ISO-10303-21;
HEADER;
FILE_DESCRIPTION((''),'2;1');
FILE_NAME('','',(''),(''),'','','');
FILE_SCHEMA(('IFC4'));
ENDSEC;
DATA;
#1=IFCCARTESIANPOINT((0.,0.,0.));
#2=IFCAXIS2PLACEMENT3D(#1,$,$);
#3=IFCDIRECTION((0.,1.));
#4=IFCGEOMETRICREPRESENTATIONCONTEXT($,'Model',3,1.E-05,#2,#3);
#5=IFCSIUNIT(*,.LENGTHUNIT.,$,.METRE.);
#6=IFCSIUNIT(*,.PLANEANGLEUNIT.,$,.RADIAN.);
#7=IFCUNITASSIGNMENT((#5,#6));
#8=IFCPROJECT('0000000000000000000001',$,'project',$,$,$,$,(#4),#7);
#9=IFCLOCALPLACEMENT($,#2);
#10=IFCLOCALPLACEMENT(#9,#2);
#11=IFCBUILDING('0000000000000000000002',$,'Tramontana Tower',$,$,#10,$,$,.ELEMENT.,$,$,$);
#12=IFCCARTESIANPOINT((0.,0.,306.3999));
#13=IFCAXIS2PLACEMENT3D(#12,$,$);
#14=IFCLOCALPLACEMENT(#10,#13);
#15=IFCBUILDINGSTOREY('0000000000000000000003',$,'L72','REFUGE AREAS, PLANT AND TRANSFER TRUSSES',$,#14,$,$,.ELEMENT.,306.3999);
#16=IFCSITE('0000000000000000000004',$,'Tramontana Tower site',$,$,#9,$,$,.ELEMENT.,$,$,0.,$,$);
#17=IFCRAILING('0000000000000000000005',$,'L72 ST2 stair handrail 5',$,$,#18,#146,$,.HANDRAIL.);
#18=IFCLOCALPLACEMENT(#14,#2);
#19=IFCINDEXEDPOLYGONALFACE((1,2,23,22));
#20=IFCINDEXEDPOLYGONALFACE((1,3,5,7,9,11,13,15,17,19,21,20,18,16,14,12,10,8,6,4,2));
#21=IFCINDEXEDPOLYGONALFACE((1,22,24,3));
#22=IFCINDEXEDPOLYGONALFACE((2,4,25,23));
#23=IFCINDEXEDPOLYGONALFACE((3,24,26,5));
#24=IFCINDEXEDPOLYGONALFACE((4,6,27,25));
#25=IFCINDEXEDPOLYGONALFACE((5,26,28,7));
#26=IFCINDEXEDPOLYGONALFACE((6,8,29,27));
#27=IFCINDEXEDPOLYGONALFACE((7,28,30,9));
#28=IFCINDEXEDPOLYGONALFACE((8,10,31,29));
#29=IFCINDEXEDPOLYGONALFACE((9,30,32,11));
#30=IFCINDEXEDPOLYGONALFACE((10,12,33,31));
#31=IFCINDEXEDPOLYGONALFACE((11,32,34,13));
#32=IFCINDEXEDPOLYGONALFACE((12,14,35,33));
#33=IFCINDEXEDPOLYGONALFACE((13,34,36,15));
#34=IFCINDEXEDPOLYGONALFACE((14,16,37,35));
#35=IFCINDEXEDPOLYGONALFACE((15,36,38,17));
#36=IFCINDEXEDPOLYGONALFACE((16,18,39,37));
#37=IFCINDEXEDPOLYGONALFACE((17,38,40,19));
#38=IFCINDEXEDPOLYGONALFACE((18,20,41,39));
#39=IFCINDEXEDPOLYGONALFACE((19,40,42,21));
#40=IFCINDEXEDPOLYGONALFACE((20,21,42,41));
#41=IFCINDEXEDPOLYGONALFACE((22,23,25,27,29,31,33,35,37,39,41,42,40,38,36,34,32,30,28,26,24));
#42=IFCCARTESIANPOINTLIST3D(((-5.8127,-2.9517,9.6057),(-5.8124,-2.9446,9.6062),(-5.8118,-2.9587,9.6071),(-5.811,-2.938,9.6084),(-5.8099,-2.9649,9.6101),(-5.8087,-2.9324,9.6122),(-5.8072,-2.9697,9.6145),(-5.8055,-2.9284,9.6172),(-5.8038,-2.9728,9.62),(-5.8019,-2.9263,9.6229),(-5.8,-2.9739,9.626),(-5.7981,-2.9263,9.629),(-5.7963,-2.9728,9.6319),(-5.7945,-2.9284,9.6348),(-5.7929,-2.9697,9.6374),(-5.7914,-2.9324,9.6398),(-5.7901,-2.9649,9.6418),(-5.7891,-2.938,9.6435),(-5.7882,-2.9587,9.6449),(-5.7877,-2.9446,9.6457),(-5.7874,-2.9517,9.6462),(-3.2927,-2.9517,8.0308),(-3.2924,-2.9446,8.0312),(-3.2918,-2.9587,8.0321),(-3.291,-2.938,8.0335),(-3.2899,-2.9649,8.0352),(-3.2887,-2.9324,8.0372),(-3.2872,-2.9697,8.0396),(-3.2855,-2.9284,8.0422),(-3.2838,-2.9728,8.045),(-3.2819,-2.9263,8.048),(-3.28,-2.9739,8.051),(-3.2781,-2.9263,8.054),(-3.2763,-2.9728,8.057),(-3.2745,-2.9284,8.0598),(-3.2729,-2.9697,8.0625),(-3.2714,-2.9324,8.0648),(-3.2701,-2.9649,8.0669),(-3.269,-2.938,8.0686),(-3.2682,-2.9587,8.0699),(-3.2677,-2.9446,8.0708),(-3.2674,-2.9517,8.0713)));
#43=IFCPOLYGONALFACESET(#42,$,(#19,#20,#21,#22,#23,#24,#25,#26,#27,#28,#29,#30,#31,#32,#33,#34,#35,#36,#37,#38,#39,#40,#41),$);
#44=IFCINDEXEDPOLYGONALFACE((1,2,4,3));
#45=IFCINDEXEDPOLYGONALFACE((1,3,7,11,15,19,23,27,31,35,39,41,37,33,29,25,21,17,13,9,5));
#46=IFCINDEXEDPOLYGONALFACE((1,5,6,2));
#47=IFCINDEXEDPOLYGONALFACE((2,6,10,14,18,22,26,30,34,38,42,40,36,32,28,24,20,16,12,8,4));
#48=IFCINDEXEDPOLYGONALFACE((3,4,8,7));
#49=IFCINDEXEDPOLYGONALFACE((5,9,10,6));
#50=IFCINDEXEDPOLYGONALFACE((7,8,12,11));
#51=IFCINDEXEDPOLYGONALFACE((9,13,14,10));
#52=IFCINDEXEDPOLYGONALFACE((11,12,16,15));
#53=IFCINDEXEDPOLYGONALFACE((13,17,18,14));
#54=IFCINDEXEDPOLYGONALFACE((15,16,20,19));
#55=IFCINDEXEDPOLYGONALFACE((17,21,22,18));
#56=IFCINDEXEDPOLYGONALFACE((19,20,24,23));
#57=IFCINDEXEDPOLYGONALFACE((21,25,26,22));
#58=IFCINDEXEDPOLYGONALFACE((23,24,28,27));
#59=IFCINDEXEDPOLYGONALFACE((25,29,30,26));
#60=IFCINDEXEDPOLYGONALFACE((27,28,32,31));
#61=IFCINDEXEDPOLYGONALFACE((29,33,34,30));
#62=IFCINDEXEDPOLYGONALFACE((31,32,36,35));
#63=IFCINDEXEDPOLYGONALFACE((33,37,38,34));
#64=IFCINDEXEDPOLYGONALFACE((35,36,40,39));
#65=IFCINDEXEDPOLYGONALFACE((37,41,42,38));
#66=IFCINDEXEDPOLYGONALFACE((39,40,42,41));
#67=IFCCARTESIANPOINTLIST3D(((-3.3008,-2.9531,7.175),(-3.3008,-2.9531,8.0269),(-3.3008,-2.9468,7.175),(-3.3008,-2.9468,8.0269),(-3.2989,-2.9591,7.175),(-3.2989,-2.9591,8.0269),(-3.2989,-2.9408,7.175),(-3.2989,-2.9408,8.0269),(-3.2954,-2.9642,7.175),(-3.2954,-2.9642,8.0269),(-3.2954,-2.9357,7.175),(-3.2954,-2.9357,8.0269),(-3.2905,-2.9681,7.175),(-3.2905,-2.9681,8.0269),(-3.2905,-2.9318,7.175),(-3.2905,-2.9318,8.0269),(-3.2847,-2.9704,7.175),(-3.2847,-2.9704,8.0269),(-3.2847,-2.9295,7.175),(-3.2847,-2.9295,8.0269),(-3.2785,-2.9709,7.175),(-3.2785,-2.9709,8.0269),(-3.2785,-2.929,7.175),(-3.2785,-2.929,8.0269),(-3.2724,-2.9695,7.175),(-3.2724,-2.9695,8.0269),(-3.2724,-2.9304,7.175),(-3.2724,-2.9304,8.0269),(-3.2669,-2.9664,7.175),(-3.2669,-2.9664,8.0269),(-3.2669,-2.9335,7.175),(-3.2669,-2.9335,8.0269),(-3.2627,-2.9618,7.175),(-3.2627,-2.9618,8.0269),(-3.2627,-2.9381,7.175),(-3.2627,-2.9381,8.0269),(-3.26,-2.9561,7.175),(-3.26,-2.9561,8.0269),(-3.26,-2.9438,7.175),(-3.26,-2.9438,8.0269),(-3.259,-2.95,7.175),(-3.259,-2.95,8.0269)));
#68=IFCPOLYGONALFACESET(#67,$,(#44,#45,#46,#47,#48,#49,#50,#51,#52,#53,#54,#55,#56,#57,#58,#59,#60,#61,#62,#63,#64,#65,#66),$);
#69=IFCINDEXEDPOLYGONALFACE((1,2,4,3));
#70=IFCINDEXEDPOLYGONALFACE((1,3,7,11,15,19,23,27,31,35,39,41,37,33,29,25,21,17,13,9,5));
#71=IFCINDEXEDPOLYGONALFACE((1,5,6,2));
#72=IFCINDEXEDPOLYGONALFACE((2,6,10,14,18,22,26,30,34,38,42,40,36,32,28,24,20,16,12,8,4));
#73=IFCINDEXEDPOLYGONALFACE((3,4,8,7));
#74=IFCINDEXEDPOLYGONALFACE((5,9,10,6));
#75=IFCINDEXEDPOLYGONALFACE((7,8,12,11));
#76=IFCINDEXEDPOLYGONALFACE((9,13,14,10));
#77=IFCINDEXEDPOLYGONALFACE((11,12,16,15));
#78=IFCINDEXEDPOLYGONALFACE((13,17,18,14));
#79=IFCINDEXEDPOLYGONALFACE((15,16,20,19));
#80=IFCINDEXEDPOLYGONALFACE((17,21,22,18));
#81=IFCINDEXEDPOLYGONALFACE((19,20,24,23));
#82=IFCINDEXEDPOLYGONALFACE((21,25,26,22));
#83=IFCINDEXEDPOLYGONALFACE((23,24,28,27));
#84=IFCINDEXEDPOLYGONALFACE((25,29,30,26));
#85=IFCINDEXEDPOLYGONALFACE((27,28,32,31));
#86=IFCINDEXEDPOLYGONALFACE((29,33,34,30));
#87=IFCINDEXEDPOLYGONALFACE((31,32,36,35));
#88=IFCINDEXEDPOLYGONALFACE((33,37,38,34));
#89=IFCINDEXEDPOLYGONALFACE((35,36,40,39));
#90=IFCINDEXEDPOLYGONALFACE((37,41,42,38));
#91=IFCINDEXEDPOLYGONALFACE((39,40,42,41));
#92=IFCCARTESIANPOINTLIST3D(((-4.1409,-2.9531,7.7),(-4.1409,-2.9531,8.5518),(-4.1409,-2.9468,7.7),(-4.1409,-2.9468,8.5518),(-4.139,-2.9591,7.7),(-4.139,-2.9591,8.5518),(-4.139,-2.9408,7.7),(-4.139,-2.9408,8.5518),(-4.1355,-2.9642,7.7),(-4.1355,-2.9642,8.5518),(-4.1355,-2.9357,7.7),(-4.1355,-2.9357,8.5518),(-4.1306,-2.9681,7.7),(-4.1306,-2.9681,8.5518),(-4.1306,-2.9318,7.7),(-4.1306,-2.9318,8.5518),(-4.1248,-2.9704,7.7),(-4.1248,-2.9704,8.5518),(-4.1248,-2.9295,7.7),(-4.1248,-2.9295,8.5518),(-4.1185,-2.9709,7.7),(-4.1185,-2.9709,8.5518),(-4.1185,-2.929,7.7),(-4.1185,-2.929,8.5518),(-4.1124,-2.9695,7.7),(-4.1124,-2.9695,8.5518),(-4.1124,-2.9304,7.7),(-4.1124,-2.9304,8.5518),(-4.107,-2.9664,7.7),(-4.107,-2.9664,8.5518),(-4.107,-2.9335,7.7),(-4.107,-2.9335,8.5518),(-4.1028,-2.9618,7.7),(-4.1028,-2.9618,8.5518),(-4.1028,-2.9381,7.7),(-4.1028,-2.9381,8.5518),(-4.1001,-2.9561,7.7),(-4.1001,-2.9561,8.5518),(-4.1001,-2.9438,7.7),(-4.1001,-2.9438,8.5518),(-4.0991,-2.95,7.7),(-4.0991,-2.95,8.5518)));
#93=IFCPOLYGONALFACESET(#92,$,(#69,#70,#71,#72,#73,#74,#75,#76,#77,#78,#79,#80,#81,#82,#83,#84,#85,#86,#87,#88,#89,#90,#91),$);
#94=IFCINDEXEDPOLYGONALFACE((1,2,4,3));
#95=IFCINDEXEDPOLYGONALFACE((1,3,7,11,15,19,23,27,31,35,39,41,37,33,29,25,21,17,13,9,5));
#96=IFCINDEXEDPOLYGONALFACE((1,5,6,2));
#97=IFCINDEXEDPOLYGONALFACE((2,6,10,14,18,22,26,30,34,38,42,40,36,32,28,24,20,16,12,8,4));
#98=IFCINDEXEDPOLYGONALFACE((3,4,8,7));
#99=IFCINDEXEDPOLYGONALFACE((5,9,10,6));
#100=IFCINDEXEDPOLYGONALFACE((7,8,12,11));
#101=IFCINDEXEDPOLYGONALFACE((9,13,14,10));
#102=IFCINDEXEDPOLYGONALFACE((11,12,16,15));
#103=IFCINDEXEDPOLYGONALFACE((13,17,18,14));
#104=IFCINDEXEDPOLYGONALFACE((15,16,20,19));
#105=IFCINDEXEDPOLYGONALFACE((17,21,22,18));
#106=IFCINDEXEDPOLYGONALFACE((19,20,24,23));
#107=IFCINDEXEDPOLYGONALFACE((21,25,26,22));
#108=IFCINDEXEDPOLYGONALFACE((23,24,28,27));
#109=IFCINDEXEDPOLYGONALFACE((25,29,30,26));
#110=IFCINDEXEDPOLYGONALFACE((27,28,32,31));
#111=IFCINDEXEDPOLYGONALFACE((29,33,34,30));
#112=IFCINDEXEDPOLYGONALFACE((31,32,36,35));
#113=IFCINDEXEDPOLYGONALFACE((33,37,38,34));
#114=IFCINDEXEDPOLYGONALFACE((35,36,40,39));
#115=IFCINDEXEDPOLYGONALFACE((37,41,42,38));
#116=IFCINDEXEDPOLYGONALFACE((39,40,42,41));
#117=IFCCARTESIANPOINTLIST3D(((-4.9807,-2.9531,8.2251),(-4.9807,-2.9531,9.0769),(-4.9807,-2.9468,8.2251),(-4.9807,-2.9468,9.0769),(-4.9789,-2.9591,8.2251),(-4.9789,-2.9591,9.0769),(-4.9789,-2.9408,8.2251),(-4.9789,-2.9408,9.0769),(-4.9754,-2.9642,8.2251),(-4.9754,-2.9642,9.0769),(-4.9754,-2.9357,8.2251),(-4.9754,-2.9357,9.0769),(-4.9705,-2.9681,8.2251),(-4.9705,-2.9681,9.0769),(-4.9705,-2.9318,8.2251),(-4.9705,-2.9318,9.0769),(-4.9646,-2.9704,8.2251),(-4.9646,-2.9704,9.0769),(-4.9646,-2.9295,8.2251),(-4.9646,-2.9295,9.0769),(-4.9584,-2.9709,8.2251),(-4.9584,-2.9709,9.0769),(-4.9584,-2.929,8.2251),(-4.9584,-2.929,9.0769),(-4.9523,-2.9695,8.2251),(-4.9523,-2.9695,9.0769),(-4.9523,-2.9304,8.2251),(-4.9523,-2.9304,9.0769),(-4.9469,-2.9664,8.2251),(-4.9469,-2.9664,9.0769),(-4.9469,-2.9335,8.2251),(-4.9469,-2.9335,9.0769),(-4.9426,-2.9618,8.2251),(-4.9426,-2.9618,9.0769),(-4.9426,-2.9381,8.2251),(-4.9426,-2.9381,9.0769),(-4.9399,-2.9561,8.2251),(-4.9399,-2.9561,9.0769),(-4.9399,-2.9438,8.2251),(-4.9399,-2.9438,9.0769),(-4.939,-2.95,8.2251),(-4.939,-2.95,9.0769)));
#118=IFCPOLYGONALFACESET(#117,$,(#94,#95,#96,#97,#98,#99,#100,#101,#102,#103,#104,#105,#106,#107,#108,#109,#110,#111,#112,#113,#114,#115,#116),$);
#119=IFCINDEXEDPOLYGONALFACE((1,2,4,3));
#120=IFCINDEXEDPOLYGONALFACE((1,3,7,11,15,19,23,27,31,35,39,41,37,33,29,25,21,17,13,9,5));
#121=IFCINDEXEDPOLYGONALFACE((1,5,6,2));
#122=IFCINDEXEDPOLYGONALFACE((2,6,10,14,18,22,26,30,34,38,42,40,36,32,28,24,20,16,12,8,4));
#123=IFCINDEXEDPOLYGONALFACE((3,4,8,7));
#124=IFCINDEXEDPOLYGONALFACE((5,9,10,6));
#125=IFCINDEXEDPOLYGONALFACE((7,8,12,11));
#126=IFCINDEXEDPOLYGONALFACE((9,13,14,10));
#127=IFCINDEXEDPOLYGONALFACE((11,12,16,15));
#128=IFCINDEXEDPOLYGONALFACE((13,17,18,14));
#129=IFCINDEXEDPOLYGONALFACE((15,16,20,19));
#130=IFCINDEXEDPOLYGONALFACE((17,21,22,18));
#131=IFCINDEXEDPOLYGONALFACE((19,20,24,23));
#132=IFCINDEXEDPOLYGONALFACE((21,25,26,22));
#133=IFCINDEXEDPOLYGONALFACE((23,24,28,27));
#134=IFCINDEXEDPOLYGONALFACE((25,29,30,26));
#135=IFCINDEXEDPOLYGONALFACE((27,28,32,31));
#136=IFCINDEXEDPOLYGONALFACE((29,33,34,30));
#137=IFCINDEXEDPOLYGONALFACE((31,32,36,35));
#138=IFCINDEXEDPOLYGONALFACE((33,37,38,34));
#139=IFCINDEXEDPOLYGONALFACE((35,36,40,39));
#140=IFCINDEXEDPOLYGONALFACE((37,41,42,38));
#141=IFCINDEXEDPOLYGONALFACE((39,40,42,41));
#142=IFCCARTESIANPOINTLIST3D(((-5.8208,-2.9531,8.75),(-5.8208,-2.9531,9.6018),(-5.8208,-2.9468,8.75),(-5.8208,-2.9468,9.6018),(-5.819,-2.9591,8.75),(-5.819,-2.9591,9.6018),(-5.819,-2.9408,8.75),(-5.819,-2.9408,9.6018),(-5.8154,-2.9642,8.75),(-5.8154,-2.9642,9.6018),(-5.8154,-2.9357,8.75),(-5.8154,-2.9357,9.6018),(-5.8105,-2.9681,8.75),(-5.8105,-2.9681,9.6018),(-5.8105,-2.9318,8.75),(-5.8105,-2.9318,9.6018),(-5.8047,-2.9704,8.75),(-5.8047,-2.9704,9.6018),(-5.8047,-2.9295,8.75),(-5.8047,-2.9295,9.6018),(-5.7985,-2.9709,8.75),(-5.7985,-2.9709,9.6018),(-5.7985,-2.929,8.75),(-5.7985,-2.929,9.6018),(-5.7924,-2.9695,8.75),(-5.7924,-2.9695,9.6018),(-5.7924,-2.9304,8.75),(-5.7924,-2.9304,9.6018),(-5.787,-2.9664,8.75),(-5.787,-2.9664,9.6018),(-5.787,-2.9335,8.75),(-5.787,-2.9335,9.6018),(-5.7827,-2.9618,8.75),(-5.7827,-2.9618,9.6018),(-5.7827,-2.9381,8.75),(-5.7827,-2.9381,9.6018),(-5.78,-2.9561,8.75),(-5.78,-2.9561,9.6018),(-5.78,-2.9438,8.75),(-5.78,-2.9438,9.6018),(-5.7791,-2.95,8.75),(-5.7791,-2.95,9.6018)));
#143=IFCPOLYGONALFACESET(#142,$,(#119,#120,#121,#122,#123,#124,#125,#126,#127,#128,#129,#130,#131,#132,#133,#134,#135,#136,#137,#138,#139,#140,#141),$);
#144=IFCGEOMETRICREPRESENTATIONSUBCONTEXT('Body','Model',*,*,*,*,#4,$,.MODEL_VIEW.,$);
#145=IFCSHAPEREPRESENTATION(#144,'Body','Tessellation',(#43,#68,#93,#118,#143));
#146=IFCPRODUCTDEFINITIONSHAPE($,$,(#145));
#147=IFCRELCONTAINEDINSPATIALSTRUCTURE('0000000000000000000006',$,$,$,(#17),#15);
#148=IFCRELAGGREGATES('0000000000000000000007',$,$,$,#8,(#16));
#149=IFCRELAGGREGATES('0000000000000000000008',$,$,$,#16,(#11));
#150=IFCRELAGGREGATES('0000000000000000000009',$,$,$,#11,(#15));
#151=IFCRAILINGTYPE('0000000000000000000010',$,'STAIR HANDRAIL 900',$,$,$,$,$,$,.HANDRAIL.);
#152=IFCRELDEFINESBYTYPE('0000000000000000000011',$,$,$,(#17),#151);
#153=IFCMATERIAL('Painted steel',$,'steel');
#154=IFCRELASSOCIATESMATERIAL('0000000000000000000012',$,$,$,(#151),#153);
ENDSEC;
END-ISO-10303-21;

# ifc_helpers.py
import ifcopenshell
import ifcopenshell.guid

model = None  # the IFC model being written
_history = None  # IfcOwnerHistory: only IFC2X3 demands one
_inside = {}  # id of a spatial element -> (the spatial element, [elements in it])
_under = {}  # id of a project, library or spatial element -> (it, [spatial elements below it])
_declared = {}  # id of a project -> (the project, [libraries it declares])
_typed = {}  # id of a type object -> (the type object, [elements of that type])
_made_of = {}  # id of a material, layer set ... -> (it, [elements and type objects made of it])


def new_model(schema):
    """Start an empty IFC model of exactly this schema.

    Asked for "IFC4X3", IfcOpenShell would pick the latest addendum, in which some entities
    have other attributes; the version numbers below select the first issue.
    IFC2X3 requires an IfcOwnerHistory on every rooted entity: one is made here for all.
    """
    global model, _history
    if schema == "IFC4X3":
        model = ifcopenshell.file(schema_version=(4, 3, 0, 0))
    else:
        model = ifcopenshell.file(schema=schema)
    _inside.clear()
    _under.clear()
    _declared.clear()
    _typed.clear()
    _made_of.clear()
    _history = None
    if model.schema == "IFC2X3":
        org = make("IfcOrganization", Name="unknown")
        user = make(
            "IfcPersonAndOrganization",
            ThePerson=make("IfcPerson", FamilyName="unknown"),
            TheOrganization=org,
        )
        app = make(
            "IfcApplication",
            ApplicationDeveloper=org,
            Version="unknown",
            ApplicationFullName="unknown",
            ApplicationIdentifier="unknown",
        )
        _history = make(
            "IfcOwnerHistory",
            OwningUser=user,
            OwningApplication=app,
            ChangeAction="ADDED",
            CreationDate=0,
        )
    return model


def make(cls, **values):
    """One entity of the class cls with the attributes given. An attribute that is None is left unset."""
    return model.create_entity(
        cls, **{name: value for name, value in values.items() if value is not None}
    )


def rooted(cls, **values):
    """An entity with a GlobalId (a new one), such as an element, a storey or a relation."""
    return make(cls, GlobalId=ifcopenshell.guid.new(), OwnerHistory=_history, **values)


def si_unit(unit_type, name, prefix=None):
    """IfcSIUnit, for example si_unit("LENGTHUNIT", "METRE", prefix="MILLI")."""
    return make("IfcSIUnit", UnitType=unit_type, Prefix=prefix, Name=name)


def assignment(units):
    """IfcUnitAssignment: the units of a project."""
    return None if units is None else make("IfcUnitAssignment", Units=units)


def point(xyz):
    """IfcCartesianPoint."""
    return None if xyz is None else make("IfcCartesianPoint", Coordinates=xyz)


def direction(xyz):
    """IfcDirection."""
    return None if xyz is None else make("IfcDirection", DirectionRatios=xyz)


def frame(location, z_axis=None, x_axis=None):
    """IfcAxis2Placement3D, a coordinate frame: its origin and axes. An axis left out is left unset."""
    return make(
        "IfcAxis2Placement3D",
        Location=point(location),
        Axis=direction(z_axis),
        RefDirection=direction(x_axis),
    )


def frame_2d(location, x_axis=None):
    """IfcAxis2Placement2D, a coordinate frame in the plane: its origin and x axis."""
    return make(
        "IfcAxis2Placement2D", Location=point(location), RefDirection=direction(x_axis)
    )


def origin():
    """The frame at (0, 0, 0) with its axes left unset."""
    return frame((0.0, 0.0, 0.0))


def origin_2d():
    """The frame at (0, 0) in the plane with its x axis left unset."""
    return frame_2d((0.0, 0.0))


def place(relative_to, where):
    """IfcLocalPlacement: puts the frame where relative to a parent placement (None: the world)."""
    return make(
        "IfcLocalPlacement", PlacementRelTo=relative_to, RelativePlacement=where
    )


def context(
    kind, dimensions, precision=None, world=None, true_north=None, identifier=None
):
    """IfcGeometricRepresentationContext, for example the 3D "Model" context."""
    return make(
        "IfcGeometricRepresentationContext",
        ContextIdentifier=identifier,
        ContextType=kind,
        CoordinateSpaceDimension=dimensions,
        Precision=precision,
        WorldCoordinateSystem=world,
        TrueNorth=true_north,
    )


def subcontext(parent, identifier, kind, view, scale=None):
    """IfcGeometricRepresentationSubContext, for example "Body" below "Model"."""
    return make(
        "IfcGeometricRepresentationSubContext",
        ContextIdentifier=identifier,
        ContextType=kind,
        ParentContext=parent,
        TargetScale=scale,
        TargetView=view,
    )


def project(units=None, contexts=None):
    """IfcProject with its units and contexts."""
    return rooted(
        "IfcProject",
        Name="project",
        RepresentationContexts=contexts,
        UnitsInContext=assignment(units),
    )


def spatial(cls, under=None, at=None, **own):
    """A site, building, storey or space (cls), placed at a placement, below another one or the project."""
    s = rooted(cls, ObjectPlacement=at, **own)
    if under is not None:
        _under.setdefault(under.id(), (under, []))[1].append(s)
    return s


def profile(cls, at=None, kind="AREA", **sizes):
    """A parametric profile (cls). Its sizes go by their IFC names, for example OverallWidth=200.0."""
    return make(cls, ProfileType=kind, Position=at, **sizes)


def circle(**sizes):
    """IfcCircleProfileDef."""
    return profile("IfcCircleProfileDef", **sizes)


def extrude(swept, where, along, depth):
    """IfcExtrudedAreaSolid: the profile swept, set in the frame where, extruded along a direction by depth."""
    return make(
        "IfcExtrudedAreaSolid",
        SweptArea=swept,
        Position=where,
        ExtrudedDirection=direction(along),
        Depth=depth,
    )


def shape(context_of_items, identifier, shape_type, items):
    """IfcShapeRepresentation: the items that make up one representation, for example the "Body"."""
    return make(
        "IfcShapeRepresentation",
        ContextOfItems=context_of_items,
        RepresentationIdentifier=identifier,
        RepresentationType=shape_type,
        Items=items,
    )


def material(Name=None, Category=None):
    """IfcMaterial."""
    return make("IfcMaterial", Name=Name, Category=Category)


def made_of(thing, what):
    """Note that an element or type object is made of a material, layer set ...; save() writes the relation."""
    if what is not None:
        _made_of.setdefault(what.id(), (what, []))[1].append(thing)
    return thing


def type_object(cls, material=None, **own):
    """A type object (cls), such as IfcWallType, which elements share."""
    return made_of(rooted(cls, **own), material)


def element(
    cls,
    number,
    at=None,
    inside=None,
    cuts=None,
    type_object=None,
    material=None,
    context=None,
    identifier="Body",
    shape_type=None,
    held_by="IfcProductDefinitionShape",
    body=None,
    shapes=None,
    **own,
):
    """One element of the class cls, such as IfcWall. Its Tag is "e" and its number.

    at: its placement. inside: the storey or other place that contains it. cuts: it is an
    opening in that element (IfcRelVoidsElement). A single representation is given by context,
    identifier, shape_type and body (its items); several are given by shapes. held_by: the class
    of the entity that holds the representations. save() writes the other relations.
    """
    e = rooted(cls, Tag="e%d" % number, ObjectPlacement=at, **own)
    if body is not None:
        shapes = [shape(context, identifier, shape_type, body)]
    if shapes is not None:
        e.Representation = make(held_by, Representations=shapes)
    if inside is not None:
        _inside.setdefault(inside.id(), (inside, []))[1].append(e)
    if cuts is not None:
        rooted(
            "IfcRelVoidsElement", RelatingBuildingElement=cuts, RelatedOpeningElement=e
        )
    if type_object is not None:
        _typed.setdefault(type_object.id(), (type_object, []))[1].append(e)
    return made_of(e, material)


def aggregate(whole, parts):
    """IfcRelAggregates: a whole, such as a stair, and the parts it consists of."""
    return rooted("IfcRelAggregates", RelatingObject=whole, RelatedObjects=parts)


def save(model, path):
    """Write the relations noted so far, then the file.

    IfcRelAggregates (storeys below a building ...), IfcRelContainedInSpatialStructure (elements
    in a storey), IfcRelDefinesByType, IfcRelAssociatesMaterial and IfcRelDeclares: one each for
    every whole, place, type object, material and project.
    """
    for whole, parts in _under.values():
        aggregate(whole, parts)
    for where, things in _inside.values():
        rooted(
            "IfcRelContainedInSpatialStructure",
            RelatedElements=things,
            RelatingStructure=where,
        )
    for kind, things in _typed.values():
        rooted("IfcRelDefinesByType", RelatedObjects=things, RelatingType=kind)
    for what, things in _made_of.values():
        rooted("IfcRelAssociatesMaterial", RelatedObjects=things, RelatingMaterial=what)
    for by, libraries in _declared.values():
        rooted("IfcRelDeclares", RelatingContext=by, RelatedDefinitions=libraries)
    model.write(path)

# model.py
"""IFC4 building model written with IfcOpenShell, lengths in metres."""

from ifc_helpers import new_model, si_unit, direction, frame, origin, origin_2d, place, context, subcontext, project, spatial, circle, extrude, material, type_object, element, save


model = new_model("IFC4")

# Units and contexts
model_context = context("Model", 3, precision=1e-05, world=origin(), true_north=direction((0.0, 1.0)))
body_context = subcontext(model_context, "Body", "Model", "MODEL_VIEW")
ifc_project = project(units=[si_unit("LENGTHUNIT", "METRE"), si_unit("PLANEANGLEUNIT", "RADIAN")], contexts=[model_context])

# Site, building, storey
site_placement = place(None, origin())
site = spatial("IfcSite", under=ifc_project, at=site_placement, Name="Tramontana Tower site", CompositionType="ELEMENT", RefElevation=0.0)
building_placement = place(site_placement, origin())
building = spatial("IfcBuilding", under=site, at=building_placement, Name="Tramontana Tower", CompositionType="ELEMENT")
storey_placement = place(building_placement, frame((0.0, 0.0, 306.3999)))
storey = spatial("IfcBuildingStorey", under=building, at=storey_placement, Name="L72", Description="REFUGE AREAS, PLANT AND TRANSFER TRUSSES", CompositionType="ELEMENT", Elevation=306.3999)

# Railing
ifc_material_1 = material(Name="Painted steel", Category="steel")
railing_type_1 = type_object("IfcRailingType", Name="STAIR HANDRAIL 900", PredefinedType="HANDRAIL", material=ifc_material_1)
for number, where, name in (
    (1, (-3.28, -2.95, 7.175), "L72 ST2 stair handrail 5"),
):
    element("IfcRailing", number, at=place(storey_placement, frame(where)), inside=storey, type_object=railing_type_1, Name=name, PredefinedType="HANDRAIL", context=body_context, shape_type="SweptSolid", body=[
        extrude(circle(Radius=0.0239, at=origin_2d()), frame((0.0, 0.0, 0.876), z_axis=(-0.848008, 0.0, 0.529984), x_axis=(0.0, -1.0, 0.0)), (0.0, 0.0, 1.0), 2.9717),
        extrude(circle(Radius=0.021, at=origin_2d()), origin(), (0.0, 0.0, 1.0), 0.8518),
        extrude(circle(Radius=0.021, at=origin_2d()), frame((-0.8401, 0.0, 0.5249)), (0.0, 0.0, 1.0), 0.8518),
        extrude(circle(Radius=0.021, at=origin_2d()), frame((-1.6799, 0.0, 1.05)), (0.0, 0.0, 1.0), 0.8518),
        extrude(circle(Radius=0.021, at=origin_2d()), frame((-2.52, 0.0, 1.575)), (0.0, 0.0, 1.0), 0.8518),
    ])

save(model, "model.ifc")
